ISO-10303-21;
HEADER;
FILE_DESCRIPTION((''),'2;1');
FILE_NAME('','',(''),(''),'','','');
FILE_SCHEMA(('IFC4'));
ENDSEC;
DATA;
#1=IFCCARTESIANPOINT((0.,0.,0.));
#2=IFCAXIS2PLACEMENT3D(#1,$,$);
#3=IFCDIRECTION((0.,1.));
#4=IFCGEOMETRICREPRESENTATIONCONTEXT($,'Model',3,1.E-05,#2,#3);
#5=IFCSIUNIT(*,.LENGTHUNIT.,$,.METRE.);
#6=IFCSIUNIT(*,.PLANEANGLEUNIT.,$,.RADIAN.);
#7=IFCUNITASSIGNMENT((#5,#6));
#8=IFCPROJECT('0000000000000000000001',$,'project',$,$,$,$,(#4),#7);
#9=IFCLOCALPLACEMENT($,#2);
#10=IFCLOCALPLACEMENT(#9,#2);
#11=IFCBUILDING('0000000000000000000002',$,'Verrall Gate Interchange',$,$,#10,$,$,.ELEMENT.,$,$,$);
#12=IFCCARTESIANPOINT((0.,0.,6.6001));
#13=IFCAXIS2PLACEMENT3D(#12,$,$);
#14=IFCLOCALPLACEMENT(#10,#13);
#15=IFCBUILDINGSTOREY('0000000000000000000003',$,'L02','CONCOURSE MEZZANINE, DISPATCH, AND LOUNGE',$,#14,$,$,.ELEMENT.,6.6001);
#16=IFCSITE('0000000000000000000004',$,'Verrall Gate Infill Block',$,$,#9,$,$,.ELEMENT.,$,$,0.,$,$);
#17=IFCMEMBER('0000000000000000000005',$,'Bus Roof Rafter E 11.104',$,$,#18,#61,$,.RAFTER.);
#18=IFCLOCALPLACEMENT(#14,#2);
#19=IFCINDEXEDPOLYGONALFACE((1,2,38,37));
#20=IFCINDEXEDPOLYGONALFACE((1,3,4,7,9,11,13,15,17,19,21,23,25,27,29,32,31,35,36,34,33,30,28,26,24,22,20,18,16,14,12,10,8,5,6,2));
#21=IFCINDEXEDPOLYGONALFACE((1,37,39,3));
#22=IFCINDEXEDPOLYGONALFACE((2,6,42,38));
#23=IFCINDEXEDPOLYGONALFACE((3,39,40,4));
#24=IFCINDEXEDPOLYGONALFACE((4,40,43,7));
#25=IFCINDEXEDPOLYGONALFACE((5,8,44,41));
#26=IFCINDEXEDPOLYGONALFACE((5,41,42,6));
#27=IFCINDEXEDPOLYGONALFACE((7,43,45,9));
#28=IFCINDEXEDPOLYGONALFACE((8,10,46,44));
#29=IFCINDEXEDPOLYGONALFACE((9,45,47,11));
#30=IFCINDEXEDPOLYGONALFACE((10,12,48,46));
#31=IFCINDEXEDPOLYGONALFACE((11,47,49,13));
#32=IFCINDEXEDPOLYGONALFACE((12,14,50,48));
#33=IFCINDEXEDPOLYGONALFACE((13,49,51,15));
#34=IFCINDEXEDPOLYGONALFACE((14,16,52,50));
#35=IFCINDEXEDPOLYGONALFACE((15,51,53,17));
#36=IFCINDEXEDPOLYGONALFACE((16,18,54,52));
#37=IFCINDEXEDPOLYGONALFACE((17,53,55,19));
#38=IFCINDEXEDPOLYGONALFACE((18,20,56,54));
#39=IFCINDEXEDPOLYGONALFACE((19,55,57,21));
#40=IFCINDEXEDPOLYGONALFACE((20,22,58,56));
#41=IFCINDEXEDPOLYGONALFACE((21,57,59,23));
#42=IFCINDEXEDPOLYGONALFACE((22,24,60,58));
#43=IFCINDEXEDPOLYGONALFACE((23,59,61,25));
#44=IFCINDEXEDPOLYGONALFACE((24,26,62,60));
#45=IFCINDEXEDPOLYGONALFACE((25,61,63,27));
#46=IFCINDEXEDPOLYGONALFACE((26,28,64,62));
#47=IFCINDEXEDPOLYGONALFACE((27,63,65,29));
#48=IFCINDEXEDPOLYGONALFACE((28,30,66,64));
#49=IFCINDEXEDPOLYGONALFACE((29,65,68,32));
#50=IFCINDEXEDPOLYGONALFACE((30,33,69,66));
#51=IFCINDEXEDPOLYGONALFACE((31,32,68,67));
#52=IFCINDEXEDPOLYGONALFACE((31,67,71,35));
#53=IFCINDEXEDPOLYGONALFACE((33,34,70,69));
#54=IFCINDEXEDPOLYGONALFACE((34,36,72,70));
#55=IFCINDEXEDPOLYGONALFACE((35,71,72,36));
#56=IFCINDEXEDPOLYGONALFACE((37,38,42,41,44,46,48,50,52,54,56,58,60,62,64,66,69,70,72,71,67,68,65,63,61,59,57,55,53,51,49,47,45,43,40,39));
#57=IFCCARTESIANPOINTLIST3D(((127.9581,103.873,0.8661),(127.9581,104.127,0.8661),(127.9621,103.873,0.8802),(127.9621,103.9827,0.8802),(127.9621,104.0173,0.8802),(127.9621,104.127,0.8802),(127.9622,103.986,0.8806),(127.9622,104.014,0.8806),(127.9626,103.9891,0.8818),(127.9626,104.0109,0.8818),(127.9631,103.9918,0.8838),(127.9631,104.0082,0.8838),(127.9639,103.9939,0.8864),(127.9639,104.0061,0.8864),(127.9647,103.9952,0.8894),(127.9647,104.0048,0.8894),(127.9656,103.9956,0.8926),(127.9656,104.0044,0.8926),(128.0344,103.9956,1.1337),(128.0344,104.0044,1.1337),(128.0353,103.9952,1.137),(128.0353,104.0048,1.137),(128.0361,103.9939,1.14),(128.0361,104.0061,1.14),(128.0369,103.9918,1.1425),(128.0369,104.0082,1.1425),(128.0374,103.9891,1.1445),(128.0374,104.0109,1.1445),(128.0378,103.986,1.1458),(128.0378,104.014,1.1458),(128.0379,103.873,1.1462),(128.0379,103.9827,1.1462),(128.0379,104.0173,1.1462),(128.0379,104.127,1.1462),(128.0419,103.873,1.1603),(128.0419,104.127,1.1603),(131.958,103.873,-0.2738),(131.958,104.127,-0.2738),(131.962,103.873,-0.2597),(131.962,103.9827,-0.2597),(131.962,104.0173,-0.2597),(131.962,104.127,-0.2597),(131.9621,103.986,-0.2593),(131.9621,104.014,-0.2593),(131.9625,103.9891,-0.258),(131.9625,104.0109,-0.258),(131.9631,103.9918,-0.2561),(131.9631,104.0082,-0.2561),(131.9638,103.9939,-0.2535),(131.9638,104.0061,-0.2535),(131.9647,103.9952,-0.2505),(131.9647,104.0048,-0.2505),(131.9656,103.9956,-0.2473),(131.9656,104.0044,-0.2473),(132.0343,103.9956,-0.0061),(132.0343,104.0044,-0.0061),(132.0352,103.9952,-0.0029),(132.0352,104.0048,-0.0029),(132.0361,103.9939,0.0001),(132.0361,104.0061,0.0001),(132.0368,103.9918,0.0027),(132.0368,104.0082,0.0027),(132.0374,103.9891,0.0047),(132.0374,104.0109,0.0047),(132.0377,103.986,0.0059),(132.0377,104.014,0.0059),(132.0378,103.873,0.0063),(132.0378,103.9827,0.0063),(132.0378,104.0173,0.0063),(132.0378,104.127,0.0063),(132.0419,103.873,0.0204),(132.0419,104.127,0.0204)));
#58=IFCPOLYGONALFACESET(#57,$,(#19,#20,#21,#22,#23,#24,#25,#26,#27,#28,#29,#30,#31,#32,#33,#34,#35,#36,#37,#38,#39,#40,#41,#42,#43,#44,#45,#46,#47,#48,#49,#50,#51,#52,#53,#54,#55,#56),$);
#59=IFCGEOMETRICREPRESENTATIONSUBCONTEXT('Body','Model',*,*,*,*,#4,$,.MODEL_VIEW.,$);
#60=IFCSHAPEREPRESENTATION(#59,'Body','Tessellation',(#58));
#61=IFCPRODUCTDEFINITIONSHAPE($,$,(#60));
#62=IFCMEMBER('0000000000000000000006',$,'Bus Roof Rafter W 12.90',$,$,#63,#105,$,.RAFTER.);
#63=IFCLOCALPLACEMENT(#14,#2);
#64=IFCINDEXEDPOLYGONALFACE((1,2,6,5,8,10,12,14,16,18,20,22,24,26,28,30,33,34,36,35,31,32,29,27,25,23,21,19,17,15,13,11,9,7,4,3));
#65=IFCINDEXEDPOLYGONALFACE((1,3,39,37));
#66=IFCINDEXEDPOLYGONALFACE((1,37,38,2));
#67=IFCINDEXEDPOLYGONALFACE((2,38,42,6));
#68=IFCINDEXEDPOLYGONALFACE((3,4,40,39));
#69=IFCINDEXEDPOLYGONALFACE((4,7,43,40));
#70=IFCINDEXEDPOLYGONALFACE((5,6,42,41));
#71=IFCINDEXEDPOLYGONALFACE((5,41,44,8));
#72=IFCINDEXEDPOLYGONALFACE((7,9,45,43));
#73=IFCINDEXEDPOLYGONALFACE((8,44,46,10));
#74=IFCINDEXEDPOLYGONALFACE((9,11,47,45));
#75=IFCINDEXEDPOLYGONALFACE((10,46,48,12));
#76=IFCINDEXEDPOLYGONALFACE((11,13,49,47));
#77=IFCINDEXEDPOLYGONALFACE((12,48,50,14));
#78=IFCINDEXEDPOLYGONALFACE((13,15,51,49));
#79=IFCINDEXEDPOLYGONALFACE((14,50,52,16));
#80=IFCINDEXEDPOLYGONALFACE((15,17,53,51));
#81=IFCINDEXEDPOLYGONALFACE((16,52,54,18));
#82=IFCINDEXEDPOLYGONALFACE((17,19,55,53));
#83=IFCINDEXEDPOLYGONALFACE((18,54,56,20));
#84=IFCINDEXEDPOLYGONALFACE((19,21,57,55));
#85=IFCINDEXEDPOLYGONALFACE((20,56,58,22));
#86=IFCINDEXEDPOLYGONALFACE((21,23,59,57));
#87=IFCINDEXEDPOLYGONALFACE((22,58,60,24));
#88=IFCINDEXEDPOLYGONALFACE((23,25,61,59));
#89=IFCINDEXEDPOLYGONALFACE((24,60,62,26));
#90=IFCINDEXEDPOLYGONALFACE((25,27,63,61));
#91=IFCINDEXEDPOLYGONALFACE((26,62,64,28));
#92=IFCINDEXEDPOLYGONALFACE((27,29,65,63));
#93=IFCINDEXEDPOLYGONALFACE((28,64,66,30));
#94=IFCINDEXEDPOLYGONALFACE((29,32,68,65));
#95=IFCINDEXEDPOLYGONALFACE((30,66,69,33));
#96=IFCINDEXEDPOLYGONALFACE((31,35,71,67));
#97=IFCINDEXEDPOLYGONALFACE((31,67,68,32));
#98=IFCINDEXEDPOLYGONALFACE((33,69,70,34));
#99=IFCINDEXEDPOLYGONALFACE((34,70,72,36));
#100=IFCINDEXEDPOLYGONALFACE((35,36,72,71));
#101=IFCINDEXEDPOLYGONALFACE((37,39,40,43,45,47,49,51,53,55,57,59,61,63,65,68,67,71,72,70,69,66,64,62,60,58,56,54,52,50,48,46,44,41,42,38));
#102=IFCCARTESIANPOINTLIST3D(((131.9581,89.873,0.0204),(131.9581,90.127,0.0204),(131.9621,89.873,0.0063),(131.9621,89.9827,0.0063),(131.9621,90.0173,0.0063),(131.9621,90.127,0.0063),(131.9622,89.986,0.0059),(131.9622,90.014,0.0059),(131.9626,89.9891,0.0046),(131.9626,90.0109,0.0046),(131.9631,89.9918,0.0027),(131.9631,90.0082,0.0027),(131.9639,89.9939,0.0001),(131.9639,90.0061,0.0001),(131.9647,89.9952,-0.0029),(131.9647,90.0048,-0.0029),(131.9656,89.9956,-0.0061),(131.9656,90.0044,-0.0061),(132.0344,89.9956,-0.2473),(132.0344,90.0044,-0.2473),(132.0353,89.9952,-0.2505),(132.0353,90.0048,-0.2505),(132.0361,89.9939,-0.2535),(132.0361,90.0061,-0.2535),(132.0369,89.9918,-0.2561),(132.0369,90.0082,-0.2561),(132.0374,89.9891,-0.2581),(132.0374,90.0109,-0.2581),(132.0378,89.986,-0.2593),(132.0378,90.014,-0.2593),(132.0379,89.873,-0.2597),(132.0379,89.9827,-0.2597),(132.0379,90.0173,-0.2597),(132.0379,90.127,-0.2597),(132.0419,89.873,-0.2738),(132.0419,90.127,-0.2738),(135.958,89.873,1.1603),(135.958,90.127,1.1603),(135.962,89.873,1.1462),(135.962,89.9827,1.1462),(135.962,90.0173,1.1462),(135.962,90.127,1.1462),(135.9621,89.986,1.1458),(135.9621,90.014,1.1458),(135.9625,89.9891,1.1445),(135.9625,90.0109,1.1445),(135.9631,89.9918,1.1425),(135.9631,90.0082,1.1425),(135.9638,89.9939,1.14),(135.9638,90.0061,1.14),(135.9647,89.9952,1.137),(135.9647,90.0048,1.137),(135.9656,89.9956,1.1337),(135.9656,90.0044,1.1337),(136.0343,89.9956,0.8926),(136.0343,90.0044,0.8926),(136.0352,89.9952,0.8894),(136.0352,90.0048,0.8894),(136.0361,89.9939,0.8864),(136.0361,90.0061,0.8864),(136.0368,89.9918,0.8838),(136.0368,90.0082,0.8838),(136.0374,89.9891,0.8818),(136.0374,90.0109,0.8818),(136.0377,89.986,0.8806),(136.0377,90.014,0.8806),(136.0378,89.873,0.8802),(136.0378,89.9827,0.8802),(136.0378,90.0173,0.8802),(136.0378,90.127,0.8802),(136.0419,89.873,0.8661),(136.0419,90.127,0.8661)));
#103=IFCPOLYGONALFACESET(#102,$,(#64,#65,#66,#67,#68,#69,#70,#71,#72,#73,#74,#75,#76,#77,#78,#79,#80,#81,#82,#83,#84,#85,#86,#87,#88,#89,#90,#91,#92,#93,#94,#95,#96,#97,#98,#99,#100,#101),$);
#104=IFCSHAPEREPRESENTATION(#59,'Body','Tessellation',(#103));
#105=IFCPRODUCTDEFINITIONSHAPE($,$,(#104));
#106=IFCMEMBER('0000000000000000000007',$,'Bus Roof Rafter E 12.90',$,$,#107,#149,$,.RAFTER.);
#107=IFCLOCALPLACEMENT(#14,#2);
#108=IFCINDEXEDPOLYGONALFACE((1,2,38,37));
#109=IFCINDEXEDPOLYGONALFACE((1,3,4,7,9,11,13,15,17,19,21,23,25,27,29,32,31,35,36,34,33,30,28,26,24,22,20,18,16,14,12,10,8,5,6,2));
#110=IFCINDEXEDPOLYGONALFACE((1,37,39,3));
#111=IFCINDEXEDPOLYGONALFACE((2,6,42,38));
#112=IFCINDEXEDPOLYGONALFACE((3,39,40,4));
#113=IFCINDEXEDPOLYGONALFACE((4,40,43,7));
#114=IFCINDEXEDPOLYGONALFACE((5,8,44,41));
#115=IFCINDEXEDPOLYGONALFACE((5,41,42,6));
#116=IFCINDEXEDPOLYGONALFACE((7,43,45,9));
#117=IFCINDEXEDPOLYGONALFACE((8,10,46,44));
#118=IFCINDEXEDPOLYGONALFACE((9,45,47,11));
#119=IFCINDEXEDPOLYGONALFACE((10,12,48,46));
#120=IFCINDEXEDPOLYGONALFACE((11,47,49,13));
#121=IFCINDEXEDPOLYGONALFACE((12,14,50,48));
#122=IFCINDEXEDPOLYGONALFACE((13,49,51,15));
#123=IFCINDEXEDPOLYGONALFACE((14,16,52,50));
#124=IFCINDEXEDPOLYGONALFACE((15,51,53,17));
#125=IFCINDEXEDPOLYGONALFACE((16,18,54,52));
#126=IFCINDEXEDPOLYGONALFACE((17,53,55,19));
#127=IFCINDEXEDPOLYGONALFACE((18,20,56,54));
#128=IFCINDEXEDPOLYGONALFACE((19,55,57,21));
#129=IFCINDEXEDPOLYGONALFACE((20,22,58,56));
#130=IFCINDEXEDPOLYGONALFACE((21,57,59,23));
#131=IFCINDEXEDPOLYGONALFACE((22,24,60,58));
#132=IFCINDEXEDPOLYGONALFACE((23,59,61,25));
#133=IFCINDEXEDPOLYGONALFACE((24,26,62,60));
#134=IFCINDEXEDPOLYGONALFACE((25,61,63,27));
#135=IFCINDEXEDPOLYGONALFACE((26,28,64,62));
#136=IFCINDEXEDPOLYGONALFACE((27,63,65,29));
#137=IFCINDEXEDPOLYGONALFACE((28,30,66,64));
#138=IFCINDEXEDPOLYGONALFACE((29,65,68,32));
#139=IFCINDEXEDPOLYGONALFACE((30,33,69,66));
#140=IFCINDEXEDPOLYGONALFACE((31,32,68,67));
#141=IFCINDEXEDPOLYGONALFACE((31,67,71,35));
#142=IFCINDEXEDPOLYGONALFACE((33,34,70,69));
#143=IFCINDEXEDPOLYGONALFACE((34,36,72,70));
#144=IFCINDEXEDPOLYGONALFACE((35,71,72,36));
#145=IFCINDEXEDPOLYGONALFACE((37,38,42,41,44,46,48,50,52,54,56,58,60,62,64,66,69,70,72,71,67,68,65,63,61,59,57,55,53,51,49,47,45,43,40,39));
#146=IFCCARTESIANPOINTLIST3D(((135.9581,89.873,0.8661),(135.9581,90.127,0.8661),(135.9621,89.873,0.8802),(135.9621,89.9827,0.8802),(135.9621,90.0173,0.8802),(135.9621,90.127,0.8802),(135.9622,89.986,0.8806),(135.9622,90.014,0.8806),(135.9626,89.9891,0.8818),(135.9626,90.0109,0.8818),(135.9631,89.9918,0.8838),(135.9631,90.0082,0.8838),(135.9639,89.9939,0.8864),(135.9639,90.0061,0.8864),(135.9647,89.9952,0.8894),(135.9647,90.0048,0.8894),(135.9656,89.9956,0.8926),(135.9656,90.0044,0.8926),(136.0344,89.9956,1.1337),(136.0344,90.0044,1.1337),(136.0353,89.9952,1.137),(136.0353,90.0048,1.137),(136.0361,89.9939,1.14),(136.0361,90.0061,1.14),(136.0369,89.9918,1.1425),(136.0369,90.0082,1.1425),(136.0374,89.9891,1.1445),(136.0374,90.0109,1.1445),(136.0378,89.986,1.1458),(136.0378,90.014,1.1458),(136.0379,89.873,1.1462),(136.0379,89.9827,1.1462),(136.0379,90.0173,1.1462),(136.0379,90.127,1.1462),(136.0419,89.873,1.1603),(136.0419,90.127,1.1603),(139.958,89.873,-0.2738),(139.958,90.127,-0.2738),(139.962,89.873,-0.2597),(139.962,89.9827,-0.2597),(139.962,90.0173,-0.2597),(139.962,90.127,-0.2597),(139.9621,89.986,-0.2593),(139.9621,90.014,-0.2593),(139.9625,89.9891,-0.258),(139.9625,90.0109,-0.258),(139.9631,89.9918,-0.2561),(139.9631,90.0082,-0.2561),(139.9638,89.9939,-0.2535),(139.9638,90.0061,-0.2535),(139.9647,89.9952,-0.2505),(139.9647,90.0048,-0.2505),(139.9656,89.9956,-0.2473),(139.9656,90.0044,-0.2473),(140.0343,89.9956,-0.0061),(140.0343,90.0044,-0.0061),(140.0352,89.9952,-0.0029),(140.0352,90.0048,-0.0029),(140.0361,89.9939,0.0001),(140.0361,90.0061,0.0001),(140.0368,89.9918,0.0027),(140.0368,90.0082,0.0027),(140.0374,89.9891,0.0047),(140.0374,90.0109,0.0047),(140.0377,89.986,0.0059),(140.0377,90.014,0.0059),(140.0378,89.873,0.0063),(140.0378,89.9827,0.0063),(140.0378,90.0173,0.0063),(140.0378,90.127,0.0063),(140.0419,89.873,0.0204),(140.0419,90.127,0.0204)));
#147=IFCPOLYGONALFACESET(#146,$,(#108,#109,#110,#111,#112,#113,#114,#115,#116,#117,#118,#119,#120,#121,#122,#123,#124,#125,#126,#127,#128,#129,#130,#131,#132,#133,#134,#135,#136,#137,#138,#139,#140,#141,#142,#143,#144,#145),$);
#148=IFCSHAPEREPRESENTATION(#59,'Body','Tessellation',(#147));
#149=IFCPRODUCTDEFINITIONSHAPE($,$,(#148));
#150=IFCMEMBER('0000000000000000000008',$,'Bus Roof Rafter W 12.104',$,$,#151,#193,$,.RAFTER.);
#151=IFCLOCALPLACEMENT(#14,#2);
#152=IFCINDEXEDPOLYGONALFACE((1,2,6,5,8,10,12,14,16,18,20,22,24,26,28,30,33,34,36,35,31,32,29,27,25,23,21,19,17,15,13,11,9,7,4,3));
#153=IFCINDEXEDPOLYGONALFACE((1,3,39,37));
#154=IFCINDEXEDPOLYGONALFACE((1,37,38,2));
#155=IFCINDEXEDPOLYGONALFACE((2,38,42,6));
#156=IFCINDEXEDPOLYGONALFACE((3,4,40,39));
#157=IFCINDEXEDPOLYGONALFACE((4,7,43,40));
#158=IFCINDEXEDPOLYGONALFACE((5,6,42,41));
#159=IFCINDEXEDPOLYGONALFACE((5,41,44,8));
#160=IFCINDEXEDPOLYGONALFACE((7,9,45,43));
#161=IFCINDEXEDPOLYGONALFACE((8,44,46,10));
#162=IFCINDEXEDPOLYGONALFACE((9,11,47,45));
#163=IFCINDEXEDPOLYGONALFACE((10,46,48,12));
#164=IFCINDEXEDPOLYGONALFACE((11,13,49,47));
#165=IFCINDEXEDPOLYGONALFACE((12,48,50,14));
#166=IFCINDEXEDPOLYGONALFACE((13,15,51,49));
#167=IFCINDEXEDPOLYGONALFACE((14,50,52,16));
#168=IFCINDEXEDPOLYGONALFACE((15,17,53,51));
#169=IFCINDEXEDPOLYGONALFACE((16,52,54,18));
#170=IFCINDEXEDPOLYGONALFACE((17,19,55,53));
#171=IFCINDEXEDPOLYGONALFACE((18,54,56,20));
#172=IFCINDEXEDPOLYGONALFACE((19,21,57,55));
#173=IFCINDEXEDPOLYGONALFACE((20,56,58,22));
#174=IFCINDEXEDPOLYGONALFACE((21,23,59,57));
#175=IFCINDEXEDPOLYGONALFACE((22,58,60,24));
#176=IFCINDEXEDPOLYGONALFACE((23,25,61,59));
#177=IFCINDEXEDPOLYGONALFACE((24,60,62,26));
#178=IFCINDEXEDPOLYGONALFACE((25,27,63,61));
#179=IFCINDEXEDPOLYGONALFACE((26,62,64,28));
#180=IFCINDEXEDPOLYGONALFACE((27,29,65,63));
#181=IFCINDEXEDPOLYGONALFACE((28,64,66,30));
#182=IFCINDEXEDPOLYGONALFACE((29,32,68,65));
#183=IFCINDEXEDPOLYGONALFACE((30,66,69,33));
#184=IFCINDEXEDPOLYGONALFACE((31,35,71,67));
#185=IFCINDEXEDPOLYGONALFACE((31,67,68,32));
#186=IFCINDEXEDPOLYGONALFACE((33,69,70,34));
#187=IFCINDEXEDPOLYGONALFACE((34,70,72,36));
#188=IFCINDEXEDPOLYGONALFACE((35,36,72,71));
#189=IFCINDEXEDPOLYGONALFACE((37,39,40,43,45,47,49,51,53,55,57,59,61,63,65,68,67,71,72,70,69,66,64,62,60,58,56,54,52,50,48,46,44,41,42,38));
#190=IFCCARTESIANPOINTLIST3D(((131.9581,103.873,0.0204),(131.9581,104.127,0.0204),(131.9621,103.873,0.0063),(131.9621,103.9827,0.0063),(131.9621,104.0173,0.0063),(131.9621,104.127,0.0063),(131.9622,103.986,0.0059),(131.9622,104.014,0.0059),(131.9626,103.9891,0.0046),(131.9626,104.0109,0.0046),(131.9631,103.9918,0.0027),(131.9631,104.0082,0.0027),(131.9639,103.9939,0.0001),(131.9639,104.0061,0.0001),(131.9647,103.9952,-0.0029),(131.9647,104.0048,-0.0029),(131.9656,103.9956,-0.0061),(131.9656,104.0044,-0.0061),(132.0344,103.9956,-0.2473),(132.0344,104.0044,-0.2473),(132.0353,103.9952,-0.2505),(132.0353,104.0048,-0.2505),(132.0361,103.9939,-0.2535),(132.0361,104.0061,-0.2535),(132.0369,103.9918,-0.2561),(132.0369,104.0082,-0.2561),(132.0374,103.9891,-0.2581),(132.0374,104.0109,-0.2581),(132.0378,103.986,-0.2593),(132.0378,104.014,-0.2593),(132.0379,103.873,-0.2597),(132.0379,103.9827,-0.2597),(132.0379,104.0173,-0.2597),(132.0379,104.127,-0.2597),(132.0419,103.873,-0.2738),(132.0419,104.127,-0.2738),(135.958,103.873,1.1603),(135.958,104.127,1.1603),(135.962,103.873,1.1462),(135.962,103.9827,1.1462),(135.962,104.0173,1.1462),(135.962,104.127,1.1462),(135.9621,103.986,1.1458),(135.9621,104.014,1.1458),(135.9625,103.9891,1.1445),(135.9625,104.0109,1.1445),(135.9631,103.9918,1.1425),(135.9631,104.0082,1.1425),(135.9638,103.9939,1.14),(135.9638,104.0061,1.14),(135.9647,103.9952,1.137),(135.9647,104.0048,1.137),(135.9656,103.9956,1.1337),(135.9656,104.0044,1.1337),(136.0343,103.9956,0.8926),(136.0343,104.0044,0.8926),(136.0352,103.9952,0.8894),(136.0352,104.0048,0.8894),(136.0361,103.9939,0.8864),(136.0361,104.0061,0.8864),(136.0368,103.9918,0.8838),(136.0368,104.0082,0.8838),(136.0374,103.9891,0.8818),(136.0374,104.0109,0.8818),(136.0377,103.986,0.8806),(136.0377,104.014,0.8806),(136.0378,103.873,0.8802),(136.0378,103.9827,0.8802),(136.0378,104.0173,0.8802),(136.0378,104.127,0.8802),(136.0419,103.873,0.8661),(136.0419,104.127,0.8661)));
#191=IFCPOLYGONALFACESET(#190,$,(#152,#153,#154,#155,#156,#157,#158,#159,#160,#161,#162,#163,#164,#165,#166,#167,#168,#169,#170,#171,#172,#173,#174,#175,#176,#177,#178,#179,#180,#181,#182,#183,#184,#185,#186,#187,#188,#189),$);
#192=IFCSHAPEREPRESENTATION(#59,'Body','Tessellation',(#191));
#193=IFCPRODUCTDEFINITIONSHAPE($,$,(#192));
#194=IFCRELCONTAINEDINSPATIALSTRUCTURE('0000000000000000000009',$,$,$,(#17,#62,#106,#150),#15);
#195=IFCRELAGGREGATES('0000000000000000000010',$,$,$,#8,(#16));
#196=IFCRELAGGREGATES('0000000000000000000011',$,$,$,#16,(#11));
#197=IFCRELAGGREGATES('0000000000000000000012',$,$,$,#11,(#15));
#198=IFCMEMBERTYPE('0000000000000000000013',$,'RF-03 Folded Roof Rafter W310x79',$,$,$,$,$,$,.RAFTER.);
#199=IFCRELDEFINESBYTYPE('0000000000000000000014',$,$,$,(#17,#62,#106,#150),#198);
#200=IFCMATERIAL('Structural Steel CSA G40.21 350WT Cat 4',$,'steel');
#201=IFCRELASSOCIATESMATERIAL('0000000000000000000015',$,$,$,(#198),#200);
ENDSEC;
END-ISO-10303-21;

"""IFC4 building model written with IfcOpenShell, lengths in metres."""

from ifc_helpers import new_model, si_unit, direction, frame, origin, origin_2d, place, context, subcontext, project, spatial, i_section, extrude, material, material_profile, profile_set, type_object, element, save


model = new_model("IFC4")

# Units and contexts
model_context = context("Model", 3, precision=1e-05, world=origin(), true_north=direction((0.0, 1.0)))
body_context = subcontext(model_context, "Body", "Model", "MODEL_VIEW")
ifc_project = project(units=[si_unit("LENGTHUNIT", "METRE"), si_unit("PLANEANGLEUNIT", "RADIAN")], contexts=[model_context])

# Site, building, storey
site_placement = place(None, origin())
site = spatial("IfcSite", under=ifc_project, at=site_placement, Name="Verrall Gate Infill Block", CompositionType="ELEMENT", RefElevation=0.0)
building_placement = place(site_placement, origin())
building = spatial("IfcBuilding", under=site, at=building_placement, Name="Verrall Gate Interchange", CompositionType="ELEMENT")
storey_placement = place(building_placement, frame((0.0, 0.0, 6.6001)))
storey = spatial("IfcBuildingStorey", under=building, at=storey_placement, Name="L02", Description="CONCOURSE MEZZANINE, DISPATCH, AND LOUNGE", CompositionType="ELEMENT", Elevation=6.6001)

# Members
ifc_material_1 = material(Name="Structural Steel CSA G40.21 350WT Cat 4", Category="steel")
ifc_material_profile_1 = material_profile(ifc_material_1, i_section(OverallWidth=0.2539, OverallDepth=0.3059, WebThickness=0.0088, FlangeThickness=0.0146, FilletRadius=0.0129, at=origin_2d()), Name="W310x79")
ifc_profile_set_1 = profile_set([ifc_material_profile_1], Name="Structural Steel CSA G40.21 350WT Cat 4")
member_type_1 = type_object("IfcMemberType", Name="RF-03 Folded Roof Rafter W310x79", PredefinedType="RAFTER", material=ifc_profile_set_1)
for number, where, z_axis, x_axis, name in (
    (1, (128.0, 104.0, 1.0132), (0.961712, 0.0, -0.274062), (0.0, 1.0, 0.0), "Bus Roof Rafter E 11.104"),
    (2, (132.0, 90.0, -0.1267), (0.961712, 0.0, 0.274062), (0.0, 1.0, 0.0), "Bus Roof Rafter W 12.90"),
    (3, (136.0, 90.0, 1.0132), (0.961712, 0.0, -0.274062), (0.0, 1.0, 0.0), "Bus Roof Rafter E 12.90"),
    (4, (132.0, 104.0, -0.1267), (0.961712, 0.0, 0.274062), (0.0, 1.0, 0.0), "Bus Roof Rafter W 12.104"),
):
    element("IfcMember", number, at=place(storey_placement, frame(where, z_axis=z_axis, x_axis=x_axis)), inside=storey, type_object=member_type_1, Name=name, PredefinedType="RAFTER", context=body_context, shape_type="SweptSolid", body=[
        extrude(i_section(OverallWidth=0.2539, OverallDepth=0.3059, WebThickness=0.0088, FlangeThickness=0.0146, FilletRadius=0.0129, at=origin_2d()), origin(), (0.0, 0.0, 1.0), 4.1592),
    ])

save(model, "model.ifc")
